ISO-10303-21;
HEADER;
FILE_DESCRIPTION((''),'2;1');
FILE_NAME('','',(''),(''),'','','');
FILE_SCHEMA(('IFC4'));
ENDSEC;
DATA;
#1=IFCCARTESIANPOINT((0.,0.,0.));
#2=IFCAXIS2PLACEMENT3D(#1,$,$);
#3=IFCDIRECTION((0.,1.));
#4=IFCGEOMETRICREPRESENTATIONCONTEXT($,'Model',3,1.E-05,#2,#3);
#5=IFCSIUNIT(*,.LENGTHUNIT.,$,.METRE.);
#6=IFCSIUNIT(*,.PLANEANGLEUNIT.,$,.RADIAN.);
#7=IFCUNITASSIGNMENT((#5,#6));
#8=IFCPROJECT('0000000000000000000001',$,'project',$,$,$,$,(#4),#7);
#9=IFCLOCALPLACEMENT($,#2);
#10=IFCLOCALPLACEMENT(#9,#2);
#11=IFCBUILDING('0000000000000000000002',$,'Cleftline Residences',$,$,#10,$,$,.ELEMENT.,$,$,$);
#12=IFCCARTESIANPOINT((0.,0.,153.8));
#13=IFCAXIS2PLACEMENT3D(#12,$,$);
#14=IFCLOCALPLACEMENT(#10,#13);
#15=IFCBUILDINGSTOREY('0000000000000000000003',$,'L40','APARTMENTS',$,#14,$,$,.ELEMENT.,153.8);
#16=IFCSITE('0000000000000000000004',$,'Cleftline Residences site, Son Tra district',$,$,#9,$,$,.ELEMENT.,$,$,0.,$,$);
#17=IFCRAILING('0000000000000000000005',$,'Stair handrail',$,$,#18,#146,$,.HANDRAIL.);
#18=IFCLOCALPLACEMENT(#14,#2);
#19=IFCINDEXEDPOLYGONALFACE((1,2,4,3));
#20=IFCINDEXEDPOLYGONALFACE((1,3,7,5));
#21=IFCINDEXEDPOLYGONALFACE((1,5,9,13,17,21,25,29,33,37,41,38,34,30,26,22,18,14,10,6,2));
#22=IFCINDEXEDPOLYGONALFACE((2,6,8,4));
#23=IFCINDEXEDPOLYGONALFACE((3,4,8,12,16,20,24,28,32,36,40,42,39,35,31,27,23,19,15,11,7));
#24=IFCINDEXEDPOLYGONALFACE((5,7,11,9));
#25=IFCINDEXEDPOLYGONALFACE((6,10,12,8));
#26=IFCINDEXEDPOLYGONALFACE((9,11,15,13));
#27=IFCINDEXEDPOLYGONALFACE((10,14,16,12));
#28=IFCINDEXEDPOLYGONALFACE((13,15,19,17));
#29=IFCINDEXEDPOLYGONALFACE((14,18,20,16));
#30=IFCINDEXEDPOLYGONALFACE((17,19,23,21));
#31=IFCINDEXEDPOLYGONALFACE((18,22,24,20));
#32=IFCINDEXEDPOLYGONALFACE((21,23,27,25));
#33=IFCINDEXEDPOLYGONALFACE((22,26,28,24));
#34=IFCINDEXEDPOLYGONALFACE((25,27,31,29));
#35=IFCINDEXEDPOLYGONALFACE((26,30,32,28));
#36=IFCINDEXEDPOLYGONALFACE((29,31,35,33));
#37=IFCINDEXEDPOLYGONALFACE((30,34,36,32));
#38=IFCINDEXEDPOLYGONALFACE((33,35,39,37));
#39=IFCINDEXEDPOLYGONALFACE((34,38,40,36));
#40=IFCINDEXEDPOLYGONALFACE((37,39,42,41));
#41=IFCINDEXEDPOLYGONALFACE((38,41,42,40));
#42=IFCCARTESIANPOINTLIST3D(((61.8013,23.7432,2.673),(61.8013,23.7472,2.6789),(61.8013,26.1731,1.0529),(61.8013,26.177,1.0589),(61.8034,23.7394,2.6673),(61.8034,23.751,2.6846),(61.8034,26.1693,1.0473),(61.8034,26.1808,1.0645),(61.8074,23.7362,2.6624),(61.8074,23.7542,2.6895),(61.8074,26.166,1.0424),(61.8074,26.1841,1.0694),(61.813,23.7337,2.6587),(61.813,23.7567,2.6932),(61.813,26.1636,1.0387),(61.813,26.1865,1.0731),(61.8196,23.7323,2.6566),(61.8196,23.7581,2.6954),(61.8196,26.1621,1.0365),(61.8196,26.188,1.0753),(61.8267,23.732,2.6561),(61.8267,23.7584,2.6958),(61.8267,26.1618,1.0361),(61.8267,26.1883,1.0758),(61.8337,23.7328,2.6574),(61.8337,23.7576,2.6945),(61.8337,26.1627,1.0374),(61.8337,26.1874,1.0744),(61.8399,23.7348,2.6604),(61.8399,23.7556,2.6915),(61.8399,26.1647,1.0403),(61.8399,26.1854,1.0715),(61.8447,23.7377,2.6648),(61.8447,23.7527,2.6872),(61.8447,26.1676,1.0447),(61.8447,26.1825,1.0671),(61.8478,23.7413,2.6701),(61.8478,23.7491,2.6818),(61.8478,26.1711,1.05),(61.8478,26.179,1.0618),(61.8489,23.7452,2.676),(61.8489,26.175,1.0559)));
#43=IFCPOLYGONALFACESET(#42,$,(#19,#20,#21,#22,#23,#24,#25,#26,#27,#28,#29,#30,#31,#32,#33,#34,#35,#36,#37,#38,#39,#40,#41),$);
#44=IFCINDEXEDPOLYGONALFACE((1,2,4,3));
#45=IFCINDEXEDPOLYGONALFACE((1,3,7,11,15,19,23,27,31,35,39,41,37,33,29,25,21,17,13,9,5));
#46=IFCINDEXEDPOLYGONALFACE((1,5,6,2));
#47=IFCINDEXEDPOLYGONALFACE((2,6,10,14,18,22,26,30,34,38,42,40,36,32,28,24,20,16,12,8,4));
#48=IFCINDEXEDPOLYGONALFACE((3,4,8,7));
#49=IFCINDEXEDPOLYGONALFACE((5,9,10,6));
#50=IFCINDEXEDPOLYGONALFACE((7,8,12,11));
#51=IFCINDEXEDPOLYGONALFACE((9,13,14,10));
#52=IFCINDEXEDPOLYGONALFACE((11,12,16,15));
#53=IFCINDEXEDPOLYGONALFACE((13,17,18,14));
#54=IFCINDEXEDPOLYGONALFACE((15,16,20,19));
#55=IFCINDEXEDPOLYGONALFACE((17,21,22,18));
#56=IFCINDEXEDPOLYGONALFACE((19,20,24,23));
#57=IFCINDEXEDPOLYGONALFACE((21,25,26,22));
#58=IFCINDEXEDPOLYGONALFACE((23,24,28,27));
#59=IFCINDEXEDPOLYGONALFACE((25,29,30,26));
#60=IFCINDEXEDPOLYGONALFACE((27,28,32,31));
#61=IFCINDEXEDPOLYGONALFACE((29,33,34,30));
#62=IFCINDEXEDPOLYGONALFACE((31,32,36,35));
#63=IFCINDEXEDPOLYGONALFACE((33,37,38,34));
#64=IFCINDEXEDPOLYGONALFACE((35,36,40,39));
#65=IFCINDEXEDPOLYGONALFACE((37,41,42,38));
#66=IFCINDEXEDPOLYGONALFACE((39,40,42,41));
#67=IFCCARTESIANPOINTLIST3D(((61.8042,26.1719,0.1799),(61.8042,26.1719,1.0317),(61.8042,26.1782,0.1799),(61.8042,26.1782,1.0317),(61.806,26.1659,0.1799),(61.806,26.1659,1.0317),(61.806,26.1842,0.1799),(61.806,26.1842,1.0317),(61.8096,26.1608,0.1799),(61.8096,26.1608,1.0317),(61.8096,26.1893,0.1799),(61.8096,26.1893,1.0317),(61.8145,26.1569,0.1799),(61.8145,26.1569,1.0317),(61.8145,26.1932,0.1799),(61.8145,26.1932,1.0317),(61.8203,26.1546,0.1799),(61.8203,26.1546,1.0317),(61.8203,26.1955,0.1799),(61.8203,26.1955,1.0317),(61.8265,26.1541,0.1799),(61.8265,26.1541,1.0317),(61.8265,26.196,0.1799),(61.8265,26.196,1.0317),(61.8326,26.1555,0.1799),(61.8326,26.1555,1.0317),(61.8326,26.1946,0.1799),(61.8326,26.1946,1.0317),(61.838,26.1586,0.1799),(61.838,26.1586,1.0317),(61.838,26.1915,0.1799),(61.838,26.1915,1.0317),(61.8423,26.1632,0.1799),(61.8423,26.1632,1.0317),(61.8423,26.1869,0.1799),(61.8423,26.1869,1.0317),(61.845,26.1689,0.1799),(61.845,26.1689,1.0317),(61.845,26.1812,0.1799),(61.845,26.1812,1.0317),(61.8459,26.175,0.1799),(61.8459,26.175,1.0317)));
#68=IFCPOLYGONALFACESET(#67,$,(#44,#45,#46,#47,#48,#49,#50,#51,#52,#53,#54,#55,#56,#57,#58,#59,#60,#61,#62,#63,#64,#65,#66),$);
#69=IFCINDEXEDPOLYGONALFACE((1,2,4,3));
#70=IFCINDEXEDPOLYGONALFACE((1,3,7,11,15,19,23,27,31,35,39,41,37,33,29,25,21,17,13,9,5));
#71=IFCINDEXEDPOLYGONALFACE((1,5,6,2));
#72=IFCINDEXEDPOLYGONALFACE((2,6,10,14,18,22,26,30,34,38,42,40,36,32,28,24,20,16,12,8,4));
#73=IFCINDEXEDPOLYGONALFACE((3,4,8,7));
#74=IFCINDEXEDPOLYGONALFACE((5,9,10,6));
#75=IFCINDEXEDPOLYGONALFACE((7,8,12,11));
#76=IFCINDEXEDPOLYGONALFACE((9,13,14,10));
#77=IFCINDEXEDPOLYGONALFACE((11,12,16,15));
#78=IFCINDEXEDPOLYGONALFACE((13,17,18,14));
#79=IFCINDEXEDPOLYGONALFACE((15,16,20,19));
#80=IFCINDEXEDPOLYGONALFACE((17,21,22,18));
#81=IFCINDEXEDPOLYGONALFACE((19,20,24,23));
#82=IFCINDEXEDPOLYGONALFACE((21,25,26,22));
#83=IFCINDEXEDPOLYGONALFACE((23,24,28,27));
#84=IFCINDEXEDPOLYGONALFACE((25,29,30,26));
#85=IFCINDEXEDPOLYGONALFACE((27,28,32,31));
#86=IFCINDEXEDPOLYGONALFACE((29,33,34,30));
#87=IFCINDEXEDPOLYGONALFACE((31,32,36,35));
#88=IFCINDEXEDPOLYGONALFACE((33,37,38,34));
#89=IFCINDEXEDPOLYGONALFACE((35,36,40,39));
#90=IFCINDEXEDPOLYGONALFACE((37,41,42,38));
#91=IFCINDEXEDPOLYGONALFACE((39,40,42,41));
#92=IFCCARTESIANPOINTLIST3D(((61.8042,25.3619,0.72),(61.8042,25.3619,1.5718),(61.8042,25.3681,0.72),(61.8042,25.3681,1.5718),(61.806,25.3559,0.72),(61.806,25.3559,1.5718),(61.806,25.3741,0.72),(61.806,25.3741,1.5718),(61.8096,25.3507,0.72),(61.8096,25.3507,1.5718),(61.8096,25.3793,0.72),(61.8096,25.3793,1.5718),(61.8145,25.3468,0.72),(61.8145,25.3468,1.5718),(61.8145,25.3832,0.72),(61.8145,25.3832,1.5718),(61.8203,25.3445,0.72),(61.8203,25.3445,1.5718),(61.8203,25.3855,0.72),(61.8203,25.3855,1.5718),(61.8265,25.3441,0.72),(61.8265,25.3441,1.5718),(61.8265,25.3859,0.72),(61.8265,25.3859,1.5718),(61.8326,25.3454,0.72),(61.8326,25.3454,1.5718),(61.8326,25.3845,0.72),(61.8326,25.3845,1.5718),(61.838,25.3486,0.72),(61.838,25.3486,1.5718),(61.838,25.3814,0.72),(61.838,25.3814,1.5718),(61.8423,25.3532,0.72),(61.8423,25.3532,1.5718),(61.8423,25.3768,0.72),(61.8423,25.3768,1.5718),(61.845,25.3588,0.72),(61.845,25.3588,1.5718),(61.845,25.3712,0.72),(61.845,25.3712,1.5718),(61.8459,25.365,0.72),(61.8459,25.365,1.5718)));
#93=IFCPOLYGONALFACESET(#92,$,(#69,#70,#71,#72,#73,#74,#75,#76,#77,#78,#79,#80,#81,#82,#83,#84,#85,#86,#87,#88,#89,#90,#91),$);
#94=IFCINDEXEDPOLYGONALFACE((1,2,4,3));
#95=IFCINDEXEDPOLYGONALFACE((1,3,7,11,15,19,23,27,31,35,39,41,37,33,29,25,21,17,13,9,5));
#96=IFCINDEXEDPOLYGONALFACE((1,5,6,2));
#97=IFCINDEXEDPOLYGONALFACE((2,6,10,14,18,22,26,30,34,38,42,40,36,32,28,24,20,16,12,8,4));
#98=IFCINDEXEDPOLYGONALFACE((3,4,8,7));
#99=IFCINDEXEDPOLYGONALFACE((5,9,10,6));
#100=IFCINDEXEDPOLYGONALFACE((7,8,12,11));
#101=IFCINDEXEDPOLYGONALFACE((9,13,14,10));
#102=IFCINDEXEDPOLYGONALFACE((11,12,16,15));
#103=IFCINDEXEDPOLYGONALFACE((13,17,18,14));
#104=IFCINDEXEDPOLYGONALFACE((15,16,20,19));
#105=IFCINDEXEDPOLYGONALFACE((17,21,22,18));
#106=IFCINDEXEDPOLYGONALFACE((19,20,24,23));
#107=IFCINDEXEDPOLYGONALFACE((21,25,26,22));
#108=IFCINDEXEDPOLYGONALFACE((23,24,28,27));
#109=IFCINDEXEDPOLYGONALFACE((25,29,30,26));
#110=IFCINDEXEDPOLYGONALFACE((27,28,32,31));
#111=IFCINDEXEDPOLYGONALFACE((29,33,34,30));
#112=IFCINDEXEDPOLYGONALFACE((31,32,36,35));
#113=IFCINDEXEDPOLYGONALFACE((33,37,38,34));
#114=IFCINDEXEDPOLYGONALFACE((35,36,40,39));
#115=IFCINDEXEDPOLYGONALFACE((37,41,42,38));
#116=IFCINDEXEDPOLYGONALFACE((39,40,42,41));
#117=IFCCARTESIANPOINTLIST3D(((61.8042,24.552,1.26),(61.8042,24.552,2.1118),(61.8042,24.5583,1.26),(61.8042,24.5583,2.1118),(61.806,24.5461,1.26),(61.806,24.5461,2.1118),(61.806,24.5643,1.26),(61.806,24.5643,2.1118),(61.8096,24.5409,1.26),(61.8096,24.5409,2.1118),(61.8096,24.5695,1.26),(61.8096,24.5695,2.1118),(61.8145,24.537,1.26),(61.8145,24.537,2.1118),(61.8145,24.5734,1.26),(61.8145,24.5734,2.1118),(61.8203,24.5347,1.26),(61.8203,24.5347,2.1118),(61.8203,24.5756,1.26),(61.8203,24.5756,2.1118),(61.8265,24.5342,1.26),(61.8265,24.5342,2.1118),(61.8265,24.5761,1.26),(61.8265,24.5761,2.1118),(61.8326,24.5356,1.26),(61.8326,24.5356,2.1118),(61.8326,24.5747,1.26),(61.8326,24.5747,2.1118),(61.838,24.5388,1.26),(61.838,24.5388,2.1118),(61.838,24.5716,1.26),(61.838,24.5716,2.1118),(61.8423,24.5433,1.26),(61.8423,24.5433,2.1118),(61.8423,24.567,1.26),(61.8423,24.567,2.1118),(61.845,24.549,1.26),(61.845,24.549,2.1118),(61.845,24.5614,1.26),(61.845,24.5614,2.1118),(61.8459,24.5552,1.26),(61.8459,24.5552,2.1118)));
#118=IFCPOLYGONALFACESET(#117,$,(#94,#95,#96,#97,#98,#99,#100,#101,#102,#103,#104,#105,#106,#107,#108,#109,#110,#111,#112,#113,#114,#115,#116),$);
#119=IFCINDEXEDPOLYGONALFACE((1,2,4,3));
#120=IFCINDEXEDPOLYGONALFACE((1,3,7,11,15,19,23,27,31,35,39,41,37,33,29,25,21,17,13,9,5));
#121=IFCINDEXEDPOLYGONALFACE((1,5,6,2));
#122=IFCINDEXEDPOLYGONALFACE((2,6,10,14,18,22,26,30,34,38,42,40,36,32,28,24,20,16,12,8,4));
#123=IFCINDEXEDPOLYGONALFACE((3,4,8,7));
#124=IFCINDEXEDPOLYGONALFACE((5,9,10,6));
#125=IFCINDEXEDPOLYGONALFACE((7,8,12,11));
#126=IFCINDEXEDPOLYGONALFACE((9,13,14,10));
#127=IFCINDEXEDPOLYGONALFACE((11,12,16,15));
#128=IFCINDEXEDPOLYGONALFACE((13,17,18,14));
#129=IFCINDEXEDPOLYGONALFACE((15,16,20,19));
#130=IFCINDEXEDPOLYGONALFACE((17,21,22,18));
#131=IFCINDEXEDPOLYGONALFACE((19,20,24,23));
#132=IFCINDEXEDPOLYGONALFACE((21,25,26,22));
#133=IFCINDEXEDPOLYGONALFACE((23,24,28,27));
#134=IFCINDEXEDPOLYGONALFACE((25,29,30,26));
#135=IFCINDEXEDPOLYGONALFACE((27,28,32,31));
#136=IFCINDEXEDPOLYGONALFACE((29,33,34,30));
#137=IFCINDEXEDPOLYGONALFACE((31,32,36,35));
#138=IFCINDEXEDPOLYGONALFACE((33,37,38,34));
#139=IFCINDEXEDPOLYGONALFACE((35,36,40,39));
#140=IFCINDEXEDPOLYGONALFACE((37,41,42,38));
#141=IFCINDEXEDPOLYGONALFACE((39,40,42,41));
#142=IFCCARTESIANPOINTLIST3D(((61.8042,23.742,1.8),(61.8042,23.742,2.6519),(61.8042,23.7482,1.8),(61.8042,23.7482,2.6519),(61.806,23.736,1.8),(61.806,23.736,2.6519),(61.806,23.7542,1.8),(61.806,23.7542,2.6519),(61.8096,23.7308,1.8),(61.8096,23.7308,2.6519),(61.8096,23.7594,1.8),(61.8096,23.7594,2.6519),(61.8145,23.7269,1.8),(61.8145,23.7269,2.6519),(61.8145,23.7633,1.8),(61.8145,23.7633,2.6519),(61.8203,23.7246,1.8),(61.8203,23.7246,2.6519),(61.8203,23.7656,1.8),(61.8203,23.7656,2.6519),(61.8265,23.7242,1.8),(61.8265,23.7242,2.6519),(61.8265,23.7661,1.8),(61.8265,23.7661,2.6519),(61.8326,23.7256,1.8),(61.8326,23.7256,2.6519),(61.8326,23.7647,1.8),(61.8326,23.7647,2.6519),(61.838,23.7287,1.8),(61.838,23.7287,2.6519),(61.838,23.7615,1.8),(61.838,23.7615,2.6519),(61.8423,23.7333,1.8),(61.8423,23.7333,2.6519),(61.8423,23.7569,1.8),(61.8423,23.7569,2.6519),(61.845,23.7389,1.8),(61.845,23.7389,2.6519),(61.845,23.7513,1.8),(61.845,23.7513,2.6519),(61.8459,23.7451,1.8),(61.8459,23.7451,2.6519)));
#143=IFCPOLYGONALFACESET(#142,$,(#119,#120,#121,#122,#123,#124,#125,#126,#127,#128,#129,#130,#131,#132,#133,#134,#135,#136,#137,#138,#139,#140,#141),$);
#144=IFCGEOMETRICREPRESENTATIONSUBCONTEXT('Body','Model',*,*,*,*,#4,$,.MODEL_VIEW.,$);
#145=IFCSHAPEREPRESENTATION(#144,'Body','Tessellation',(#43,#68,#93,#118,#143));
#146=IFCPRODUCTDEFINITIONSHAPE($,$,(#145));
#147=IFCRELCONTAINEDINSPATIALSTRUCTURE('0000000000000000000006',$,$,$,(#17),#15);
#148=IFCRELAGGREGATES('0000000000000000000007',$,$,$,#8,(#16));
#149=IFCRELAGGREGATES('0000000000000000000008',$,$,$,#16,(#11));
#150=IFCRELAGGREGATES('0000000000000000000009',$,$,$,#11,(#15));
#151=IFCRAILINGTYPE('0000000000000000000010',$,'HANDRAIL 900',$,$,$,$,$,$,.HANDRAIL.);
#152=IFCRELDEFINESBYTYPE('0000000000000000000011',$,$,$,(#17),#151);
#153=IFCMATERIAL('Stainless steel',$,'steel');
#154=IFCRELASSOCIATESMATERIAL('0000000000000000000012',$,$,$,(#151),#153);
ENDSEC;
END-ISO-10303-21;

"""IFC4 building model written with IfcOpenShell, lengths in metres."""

from ifc_helpers import new_model, si_unit, direction, frame, origin, origin_2d, place, context, subcontext, project, spatial, circle, extrude, material, type_object, element, save


model = new_model("IFC4")

# Units and contexts
model_context = context("Model", 3, precision=1e-05, world=origin(), true_north=direction((0.0, 1.0)))
body_context = subcontext(model_context, "Body", "Model", "MODEL_VIEW")
ifc_project = project(units=[si_unit("LENGTHUNIT", "METRE"), si_unit("PLANEANGLEUNIT", "RADIAN")], contexts=[model_context])

# Site, building, storey
site_placement = place(None, origin())
site = spatial("IfcSite", under=ifc_project, at=site_placement, Name="Cleftline Residences site, Son Tra district", CompositionType="ELEMENT", RefElevation=0.0)
building_placement = place(site_placement, origin())
building = spatial("IfcBuilding", under=site, at=building_placement, Name="Cleftline Residences", CompositionType="ELEMENT")
storey_placement = place(building_placement, frame((0.0, 0.0, 153.8)))
storey = spatial("IfcBuildingStorey", under=building, at=storey_placement, Name="L40", Description="APARTMENTS", CompositionType="ELEMENT", Elevation=153.8)

# Railing
ifc_material_1 = material(Name="Stainless steel", Category="steel")
railing_type = type_object("IfcRailingType", Name="HANDRAIL 900", PredefinedType="HANDRAIL", material=ifc_material_1)
railing_placement = place(storey_placement, frame((61.825, 26.175, 0.1799)))
element("IfcRailing", 1, at=railing_placement, inside=storey, type_object=railing_type, Name="Stair handrail", PredefinedType="HANDRAIL", context=body_context, shape_type="SweptSolid", body=[
    extrude(circle(Radius=0.0239, at=origin_2d()), frame((0.0, 0.0, 0.876), z_axis=(0.0, -0.832025, 0.554739), x_axis=(1.0, 0.0, 0.0)), (0.0, 0.0, 1.0), 2.9204),
    extrude(circle(Radius=0.021, at=origin_2d()), origin(), (0.0, 0.0, 1.0), 0.8518),
    extrude(circle(Radius=0.021, at=origin_2d()), frame((0.0, -0.8101, 0.54)), (0.0, 0.0, 1.0), 0.8518),
    extrude(circle(Radius=0.021, at=origin_2d()), frame((0.0, -1.6199, 1.0801)), (0.0, 0.0, 1.0), 0.8518),
    extrude(circle(Radius=0.021, at=origin_2d()), frame((0.0, -2.4299, 1.6201)), (0.0, 0.0, 1.0), 0.8518),
])

save(model, "model.ifc")
